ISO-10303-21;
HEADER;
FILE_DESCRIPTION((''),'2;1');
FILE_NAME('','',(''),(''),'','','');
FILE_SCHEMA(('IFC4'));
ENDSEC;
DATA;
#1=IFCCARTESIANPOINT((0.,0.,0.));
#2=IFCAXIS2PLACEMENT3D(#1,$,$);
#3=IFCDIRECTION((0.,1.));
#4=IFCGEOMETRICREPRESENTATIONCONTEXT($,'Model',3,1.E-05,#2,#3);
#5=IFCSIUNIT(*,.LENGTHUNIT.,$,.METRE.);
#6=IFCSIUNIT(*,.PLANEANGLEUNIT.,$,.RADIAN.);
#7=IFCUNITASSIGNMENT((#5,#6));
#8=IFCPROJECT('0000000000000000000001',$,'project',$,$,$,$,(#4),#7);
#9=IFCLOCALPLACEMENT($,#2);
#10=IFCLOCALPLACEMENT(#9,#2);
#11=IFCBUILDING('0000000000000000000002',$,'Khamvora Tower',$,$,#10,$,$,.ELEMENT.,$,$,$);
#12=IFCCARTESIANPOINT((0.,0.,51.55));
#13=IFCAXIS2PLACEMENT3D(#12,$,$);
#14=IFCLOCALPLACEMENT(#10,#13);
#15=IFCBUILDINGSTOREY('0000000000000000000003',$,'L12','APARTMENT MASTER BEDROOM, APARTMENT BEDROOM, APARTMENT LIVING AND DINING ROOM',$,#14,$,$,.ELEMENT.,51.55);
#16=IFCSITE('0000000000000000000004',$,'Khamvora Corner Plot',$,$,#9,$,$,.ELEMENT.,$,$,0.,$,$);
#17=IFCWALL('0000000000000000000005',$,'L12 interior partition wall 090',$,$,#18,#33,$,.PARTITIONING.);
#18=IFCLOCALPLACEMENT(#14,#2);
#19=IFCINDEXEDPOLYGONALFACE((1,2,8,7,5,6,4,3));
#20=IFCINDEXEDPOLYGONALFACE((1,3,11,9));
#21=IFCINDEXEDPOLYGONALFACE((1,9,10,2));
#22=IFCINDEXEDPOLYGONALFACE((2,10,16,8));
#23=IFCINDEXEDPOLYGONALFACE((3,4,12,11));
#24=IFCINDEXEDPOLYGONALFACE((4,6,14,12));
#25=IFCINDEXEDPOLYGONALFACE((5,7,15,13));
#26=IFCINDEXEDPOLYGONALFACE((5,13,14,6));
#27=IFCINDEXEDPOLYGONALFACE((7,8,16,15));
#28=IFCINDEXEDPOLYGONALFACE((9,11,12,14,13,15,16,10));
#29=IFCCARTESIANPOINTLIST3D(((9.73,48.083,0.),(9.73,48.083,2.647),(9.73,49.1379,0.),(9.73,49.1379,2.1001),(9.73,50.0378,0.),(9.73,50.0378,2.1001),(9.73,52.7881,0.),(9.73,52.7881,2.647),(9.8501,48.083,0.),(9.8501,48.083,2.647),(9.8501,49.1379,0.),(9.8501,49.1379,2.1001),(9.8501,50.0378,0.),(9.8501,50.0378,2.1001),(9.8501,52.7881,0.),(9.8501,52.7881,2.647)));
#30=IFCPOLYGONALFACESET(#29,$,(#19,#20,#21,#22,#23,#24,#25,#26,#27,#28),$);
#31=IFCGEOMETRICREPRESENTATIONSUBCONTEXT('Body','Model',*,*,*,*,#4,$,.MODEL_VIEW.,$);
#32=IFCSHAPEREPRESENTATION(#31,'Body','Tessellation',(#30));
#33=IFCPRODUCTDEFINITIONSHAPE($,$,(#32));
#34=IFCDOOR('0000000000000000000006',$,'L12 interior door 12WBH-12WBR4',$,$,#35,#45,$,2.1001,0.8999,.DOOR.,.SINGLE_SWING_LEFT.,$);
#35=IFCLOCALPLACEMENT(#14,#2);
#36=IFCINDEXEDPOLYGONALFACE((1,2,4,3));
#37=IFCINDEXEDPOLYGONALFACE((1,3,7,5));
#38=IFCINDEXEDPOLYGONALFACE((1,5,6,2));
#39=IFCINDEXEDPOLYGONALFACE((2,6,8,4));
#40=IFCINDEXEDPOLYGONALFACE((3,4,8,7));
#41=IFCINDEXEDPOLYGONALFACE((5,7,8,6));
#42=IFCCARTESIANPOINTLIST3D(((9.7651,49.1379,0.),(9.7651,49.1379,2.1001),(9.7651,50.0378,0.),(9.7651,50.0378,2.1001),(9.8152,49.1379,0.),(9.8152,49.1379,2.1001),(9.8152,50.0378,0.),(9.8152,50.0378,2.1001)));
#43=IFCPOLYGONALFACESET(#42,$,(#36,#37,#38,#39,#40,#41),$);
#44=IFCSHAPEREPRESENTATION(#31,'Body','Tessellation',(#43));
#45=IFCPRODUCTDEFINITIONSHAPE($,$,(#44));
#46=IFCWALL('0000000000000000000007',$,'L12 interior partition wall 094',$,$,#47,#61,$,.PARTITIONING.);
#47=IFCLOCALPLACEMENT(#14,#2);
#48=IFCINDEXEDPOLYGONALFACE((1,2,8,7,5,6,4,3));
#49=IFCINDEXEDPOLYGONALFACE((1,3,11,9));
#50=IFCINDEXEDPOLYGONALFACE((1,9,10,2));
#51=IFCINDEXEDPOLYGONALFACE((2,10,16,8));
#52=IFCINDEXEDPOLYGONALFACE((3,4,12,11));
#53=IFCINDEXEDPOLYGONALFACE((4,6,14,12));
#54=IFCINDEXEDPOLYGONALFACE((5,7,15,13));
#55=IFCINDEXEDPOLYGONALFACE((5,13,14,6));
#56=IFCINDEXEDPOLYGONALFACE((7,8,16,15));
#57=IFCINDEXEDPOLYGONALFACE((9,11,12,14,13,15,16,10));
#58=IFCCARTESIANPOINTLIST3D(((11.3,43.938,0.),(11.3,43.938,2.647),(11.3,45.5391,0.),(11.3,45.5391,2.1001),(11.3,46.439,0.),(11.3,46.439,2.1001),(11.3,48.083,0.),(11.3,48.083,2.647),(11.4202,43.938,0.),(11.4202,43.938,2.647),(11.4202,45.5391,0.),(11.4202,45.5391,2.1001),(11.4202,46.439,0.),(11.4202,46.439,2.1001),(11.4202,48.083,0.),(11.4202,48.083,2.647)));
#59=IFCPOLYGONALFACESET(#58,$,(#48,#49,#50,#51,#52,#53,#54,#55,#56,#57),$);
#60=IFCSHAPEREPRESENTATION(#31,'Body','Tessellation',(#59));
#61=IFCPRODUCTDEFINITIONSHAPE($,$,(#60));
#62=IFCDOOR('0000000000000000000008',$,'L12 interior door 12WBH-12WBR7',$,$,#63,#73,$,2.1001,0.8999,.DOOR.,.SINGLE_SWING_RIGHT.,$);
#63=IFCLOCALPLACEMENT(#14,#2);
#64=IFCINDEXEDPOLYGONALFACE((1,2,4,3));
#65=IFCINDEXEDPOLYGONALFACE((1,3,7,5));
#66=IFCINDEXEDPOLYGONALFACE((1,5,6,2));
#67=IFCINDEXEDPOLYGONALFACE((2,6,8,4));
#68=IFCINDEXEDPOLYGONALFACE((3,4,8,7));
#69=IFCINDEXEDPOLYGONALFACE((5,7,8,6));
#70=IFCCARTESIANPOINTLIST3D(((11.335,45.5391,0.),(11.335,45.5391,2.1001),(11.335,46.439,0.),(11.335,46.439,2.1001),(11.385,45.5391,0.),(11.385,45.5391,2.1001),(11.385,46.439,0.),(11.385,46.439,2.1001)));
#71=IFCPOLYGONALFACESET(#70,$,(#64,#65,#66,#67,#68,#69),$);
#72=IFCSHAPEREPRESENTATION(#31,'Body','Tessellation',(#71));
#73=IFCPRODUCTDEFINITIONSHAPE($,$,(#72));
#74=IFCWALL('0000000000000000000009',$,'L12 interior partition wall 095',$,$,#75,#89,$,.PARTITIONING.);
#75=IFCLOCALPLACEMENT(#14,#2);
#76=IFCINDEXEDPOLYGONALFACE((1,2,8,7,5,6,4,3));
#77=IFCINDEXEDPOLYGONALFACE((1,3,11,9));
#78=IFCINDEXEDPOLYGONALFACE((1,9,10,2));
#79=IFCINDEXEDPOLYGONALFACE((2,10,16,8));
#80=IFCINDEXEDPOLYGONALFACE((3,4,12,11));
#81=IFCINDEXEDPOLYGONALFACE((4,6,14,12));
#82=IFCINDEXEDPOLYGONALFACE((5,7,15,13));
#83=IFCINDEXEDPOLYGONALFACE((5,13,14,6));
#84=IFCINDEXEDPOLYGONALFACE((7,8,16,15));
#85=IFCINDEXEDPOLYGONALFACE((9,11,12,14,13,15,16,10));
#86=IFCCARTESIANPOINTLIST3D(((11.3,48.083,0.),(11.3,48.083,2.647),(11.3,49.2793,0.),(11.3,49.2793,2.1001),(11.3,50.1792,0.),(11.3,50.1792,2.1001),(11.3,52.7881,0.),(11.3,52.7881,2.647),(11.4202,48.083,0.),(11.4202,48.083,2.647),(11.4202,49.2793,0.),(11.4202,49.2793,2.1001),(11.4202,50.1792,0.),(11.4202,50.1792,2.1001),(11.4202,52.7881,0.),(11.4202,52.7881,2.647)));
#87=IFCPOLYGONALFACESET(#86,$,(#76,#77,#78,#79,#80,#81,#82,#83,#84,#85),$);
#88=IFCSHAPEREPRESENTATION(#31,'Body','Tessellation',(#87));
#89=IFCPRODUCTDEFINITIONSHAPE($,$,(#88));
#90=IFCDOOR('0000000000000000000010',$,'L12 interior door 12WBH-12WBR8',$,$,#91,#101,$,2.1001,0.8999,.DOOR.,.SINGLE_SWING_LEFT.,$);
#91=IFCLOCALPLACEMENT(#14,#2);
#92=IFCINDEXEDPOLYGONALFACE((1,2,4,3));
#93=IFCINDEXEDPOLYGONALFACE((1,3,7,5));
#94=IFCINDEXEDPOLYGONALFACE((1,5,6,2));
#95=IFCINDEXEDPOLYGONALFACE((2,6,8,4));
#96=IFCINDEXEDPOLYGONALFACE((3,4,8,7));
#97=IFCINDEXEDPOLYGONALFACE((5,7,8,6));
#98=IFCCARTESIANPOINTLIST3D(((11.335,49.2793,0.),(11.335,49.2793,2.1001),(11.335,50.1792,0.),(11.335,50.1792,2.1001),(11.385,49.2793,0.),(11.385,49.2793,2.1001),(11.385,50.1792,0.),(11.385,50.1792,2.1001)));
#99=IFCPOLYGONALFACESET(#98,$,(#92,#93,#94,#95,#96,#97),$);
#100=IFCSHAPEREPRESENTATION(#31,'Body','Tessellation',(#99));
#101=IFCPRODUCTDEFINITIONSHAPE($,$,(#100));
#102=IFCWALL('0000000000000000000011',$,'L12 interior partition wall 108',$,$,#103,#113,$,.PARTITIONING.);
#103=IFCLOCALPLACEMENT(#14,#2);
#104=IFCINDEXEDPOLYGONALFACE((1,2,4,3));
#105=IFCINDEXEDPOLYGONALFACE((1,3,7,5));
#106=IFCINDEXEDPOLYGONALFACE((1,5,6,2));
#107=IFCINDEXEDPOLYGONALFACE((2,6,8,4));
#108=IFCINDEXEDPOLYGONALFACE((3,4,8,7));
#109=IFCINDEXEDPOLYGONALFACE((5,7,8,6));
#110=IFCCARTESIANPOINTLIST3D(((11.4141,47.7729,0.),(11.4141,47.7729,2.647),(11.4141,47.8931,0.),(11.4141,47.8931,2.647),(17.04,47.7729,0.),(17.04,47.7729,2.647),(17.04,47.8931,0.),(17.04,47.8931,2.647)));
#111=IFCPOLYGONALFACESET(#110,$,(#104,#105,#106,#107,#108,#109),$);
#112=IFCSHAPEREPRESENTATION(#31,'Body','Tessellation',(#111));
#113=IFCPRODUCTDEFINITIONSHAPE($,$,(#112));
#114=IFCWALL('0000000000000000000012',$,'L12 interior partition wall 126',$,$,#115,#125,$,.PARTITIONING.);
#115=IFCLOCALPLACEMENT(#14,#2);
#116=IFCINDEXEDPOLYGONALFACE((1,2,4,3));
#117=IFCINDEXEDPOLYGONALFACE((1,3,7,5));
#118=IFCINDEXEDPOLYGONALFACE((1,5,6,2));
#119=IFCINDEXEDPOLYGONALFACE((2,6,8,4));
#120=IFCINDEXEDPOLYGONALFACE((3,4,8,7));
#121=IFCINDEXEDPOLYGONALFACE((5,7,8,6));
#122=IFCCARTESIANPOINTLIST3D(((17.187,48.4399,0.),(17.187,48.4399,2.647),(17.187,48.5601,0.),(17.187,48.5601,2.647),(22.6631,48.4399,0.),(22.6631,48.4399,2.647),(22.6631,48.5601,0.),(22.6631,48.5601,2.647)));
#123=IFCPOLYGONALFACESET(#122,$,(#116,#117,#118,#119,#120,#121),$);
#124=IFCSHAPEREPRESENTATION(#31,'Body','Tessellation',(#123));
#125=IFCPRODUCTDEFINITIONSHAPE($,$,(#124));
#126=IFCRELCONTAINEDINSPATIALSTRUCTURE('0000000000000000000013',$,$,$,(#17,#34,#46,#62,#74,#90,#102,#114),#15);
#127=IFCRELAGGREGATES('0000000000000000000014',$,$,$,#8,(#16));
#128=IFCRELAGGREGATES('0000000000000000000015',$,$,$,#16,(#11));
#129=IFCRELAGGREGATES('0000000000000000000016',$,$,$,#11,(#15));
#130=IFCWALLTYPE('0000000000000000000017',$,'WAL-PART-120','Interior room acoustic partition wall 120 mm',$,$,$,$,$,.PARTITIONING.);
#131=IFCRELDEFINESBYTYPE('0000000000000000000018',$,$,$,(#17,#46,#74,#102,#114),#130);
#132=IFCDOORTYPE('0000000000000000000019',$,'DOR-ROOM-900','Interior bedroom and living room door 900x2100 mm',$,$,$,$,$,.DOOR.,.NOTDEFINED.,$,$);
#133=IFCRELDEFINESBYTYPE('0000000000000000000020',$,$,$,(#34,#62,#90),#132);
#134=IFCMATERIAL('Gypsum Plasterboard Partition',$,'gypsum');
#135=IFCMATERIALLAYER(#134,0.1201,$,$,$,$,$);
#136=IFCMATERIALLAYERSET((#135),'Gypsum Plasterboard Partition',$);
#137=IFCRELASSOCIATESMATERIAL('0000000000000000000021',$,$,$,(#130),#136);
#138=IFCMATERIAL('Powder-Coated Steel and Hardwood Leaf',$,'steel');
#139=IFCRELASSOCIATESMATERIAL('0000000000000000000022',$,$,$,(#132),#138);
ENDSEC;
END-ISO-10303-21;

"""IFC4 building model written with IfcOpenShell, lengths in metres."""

from ifc_helpers import new_model, si_unit, direction, frame, frame_2d, origin, place, context, subcontext, project, spatial, rectangle, extrude, material, layer, layer_set, type_object, element, fill, save


model = new_model("IFC4")

# Units and contexts
model_context = context("Model", 3, precision=1e-05, world=origin(), true_north=direction((0.0, 1.0)))
body_context = subcontext(model_context, "Body", "Model", "MODEL_VIEW")
ifc_project = project(units=[si_unit("LENGTHUNIT", "METRE"), si_unit("PLANEANGLEUNIT", "RADIAN")], contexts=[model_context])

# Site, building, storey
site_placement = place(None, origin())
site = spatial("IfcSite", under=ifc_project, at=site_placement, Name="Khamvora Corner Plot", CompositionType="ELEMENT", RefElevation=0.0)
building_placement = place(site_placement, origin())
building = spatial("IfcBuilding", under=site, at=building_placement, Name="Khamvora Tower", CompositionType="ELEMENT")
storey_placement = place(building_placement, frame((0.0, 0.0, 51.55)))
storey = spatial("IfcBuildingStorey", under=building, at=storey_placement, Name="L12", Description="APARTMENT MASTER BEDROOM, APARTMENT BEDROOM, APARTMENT LIVING AND DINING ROOM", CompositionType="ELEMENT", Elevation=51.55)

# Walls, openings, doors
ifc_material_1 = material(Name="Gypsum Plasterboard Partition", Category="gypsum")
ifc_layer_1 = layer(ifc_material_1, 0.1201)
ifc_layer_set_1 = layer_set([ifc_layer_1], Name="Gypsum Plasterboard Partition")
wall_type_1 = type_object("IfcWallType", Name="WAL-PART-120", Description="Interior room acoustic partition wall 120 mm", PredefinedType="PARTITIONING", material=ifc_layer_set_1)
wall_1_placement = place(storey_placement, frame((9.79, 48.083, 0.0), z_axis=(0.0, 0.0, 1.0), x_axis=(0.0, 1.0, 0.0)))
wall_1 = element("IfcWall", 1, at=wall_1_placement, inside=storey, type_object=wall_type_1, Name="L12 interior partition wall 090", PredefinedType="PARTITIONING", context=body_context, shape_type="SweptSolid", body=[
    extrude(rectangle(XDim=4.7051, YDim=0.1201, at=frame_2d((2.3525, 0.0))), origin(), (0.0, 0.0, 1.0), 2.647),
])
opening_1_placement = place(wall_1_placement, frame((1.0549, 0.0, 0.0)))
opening_1 = element("IfcOpeningElement", 2, at=opening_1_placement, cuts=wall_1, PredefinedType="OPENING", context=body_context, shape_type="SweptSolid", body=[
    extrude(rectangle(XDim=0.8999, YDim=2.1001, at=frame_2d((0.45, 1.05))), frame((0.0, 0.0701, 0.0), z_axis=(0.0, -1.0, 0.0), x_axis=(1.0, 0.0, 0.0)), (0.0, 0.0, 1.0), 0.1401),
])
ifc_material_2 = material(Name="Powder-Coated Steel and Hardwood Leaf", Category="steel")
door_type = type_object("IfcDoorType", Name="DOR-ROOM-900", Description="Interior bedroom and living room door 900x2100 mm", OperationType="NOTDEFINED", PredefinedType="DOOR", material=ifc_material_2)
door_1_placement = place(opening_1_placement, origin())
door_1 = element("IfcDoor", 3, at=door_1_placement, inside=storey, type_object=door_type, Name="L12 interior door 12WBH-12WBR4", OperationType="SINGLE_SWING_LEFT", OverallHeight=2.1001, OverallWidth=0.8999, PredefinedType="DOOR", context=body_context, shape_type="SweptSolid", body=[
    extrude(rectangle(XDim=0.8999, YDim=2.1001, at=frame_2d((0.45, 1.05))), frame((0.0, 0.0249, 0.0), z_axis=(0.0, -1.0, 0.0), x_axis=(1.0, 0.0, 0.0)), (0.0, 0.0, 1.0), 0.05),
])
fill(opening_1, door_1)
wall_2_placement = place(storey_placement, frame((11.3601, 48.083, 0.0), z_axis=(0.0, 0.0, 1.0), x_axis=(0.0, -1.0, 0.0)))
wall_2 = element("IfcWall", 4, at=wall_2_placement, inside=storey, type_object=wall_type_1, Name="L12 interior partition wall 094", PredefinedType="PARTITIONING", context=body_context, shape_type="SweptSolid", body=[
    extrude(rectangle(XDim=4.145, YDim=0.1201, at=frame_2d((2.0725, 0.0))), origin(), (0.0, 0.0, 1.0), 2.647),
])
opening_2_placement = place(wall_2_placement, frame((1.644, 0.0, 0.0)))
opening_2 = element("IfcOpeningElement", 5, at=opening_2_placement, cuts=wall_2, PredefinedType="OPENING", context=body_context, shape_type="SweptSolid", body=[
    extrude(rectangle(XDim=0.8999, YDim=2.1001, at=frame_2d((0.45, 1.05))), frame((0.0, 0.0701, 0.0), z_axis=(0.0, -1.0, 0.0), x_axis=(1.0, 0.0, 0.0)), (0.0, 0.0, 1.0), 0.1401),
])
door_2_placement = place(opening_2_placement, origin())
door_2 = element("IfcDoor", 6, at=door_2_placement, inside=storey, type_object=door_type, Name="L12 interior door 12WBH-12WBR7", OperationType="SINGLE_SWING_RIGHT", OverallHeight=2.1001, OverallWidth=0.8999, PredefinedType="DOOR", context=body_context, shape_type="SweptSolid", body=[
    extrude(rectangle(XDim=0.8999, YDim=2.1001, at=frame_2d((0.45, 1.05))), frame((0.0, 0.0249, 0.0), z_axis=(0.0, -1.0, 0.0), x_axis=(1.0, 0.0, 0.0)), (0.0, 0.0, 1.0), 0.05),
])
fill(opening_2, door_2)
wall_3_placement = place(storey_placement, frame((11.3601, 52.7881, 0.0), z_axis=(0.0, 0.0, 1.0), x_axis=(0.0, -1.0, 0.0)))
wall_3 = element("IfcWall", 7, at=wall_3_placement, inside=storey, type_object=wall_type_1, Name="L12 interior partition wall 095", PredefinedType="PARTITIONING", context=body_context, shape_type="SweptSolid", body=[
    extrude(rectangle(XDim=4.7051, YDim=0.1201, at=frame_2d((2.3525, 0.0))), origin(), (0.0, 0.0, 1.0), 2.647),
])
opening_3_placement = place(wall_3_placement, frame((2.6089, 0.0, 0.0)))
opening_3 = element("IfcOpeningElement", 8, at=opening_3_placement, cuts=wall_3, PredefinedType="OPENING", context=body_context, shape_type="SweptSolid", body=[
    extrude(rectangle(XDim=0.8999, YDim=2.1001, at=frame_2d((0.45, 1.05))), frame((0.0, 0.0701, 0.0), z_axis=(0.0, -1.0, 0.0), x_axis=(1.0, 0.0, 0.0)), (0.0, 0.0, 1.0), 0.1401),
])
door_3_placement = place(opening_3_placement, origin())
door_3 = element("IfcDoor", 9, at=door_3_placement, inside=storey, type_object=door_type, Name="L12 interior door 12WBH-12WBR8", OperationType="SINGLE_SWING_LEFT", OverallHeight=2.1001, OverallWidth=0.8999, PredefinedType="DOOR", context=body_context, shape_type="SweptSolid", body=[
    extrude(rectangle(XDim=0.8999, YDim=2.1001, at=frame_2d((0.45, 1.05))), frame((0.0, 0.0249, 0.0), z_axis=(0.0, -1.0, 0.0), x_axis=(1.0, 0.0, 0.0)), (0.0, 0.0, 1.0), 0.05),
])
fill(opening_3, door_3)

# Walls
wall_4_placement = place(storey_placement, frame((11.4141, 47.833, 0.0), z_axis=(0.0, 0.0, 1.0), x_axis=(1.0, 0.0, 0.0)))
element("IfcWall", 10, at=wall_4_placement, inside=storey, type_object=wall_type_1, Name="L12 interior partition wall 108", PredefinedType="PARTITIONING", context=body_context, shape_type="SweptSolid", body=[
    extrude(rectangle(XDim=5.626, YDim=0.1201, at=frame_2d((2.813, 0.0))), origin(), (0.0, 0.0, 1.0), 2.647),
])
wall_5_placement = place(storey_placement, frame((17.187, 48.5, 0.0), z_axis=(0.0, 0.0, 1.0), x_axis=(1.0, 0.0, 0.0)))
element("IfcWall", 11, at=wall_5_placement, inside=storey, type_object=wall_type_1, Name="L12 interior partition wall 126", PredefinedType="PARTITIONING", context=body_context, shape_type="SweptSolid", body=[
    extrude(rectangle(XDim=5.4761, YDim=0.1201, at=frame_2d((2.738, 0.0))), origin(), (0.0, 0.0, 1.0), 2.647),
])

save(model, "model.ifc")
